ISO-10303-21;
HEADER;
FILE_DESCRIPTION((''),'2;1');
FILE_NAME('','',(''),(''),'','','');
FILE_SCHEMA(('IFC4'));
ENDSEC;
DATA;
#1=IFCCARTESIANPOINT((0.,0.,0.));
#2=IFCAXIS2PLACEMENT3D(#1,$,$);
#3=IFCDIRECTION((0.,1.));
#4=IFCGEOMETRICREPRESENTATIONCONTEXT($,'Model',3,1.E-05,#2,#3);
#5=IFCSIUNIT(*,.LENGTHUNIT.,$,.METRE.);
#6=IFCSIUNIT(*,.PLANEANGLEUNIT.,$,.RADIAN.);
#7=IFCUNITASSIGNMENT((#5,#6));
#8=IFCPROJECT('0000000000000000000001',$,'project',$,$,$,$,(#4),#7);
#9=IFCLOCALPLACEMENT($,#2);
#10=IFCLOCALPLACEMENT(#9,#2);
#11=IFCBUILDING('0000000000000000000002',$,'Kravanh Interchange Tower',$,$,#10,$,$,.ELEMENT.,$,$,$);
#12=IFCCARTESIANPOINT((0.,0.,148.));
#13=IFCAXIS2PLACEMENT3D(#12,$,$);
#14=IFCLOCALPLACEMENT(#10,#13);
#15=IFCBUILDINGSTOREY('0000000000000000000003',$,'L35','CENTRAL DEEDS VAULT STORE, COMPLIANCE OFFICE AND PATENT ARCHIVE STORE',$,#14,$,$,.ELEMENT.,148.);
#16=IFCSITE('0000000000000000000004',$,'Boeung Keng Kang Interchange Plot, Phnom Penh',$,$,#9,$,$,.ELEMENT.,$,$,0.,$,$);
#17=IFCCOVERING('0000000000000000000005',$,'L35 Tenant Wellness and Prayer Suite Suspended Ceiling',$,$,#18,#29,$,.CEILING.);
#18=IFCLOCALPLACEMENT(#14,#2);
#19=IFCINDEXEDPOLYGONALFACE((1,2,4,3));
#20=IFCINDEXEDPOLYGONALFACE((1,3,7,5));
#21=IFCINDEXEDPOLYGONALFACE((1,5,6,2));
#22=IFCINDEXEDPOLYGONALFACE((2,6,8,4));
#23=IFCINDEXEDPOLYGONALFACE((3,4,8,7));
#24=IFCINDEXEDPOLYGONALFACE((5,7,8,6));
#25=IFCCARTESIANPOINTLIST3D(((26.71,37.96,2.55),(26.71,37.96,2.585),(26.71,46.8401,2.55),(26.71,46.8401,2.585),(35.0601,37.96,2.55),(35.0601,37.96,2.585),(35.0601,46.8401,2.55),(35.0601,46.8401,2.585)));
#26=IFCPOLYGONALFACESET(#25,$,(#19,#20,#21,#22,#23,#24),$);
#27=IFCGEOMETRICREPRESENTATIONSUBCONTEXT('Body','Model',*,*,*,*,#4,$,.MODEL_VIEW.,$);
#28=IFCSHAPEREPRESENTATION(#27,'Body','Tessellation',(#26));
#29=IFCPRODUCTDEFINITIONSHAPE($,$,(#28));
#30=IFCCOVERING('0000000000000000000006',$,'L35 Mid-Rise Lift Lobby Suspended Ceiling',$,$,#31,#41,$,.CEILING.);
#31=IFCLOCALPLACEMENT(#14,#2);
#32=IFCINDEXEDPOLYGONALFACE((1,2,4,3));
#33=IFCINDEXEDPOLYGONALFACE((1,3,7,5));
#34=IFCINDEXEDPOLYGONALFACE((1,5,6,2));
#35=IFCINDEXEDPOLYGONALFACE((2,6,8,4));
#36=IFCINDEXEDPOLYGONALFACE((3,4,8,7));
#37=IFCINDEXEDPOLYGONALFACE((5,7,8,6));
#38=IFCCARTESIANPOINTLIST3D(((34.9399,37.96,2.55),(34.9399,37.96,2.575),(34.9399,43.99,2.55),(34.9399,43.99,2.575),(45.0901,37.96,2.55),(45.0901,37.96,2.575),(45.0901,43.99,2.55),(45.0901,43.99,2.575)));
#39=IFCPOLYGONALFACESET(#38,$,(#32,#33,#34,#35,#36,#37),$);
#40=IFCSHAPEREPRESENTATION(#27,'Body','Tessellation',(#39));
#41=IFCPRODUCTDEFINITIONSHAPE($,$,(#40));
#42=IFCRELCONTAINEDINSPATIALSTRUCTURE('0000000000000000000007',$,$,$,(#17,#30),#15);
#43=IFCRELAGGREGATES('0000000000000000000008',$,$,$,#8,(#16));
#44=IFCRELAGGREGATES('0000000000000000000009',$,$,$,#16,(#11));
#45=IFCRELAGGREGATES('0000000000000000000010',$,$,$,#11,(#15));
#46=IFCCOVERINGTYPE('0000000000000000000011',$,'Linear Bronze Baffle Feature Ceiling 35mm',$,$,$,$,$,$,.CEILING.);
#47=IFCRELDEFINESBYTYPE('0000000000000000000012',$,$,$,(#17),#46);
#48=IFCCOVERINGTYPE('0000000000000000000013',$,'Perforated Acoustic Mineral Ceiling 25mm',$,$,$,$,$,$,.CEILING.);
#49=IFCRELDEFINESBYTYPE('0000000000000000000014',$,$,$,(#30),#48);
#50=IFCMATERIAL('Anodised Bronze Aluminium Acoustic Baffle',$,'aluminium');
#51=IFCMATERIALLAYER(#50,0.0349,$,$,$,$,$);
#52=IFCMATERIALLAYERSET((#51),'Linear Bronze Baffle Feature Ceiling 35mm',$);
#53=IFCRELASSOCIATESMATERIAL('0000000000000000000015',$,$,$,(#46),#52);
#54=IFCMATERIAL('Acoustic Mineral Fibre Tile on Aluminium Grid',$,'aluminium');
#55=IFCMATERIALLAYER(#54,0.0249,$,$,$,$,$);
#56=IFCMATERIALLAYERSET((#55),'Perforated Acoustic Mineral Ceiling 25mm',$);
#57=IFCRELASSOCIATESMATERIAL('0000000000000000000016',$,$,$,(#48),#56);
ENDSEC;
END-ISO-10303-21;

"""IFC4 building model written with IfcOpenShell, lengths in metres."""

from ifc_helpers import new_model, si_unit, direction, frame, origin, place, context, subcontext, project, spatial, polyline, outline, extrude, material, layer, layer_set, type_object, element, save


model = new_model("IFC4")

# Units and contexts
model_context = context("Model", 3, precision=1e-05, world=origin(), true_north=direction((0.0, 1.0)))
body_context = subcontext(model_context, "Body", "Model", "MODEL_VIEW")
ifc_project = project(units=[si_unit("LENGTHUNIT", "METRE"), si_unit("PLANEANGLEUNIT", "RADIAN")], contexts=[model_context])

# Site, building, storey
site_placement = place(None, origin())
site = spatial("IfcSite", under=ifc_project, at=site_placement, Name="Boeung Keng Kang Interchange Plot, Phnom Penh", CompositionType="ELEMENT", RefElevation=0.0)
building_placement = place(site_placement, origin())
building = spatial("IfcBuilding", under=site, at=building_placement, Name="Kravanh Interchange Tower", CompositionType="ELEMENT")
storey_placement = place(building_placement, frame((0.0, 0.0, 148.0)))
storey = spatial("IfcBuildingStorey", under=building, at=storey_placement, Name="L35", Description="CENTRAL DEEDS VAULT STORE, COMPLIANCE OFFICE AND PATENT ARCHIVE STORE", CompositionType="ELEMENT", Elevation=148.0)

# Coverings
ifc_material_1 = material(Name="Anodised Bronze Aluminium Acoustic Baffle", Category="aluminium")
ifc_layer_1 = layer(ifc_material_1, 0.0349)
ifc_layer_set_1 = layer_set([ifc_layer_1], Name="Linear Bronze Baffle Feature Ceiling 35mm")
covering_type_1 = type_object("IfcCoveringType", Name="Linear Bronze Baffle Feature Ceiling 35mm", PredefinedType="CEILING", material=ifc_layer_set_1)
covering_1_placement = place(storey_placement, frame((0.0, 0.0, 2.55)))
element("IfcCovering", 1, at=covering_1_placement, inside=storey, type_object=covering_type_1, Name="L35 Tenant Wellness and Prayer Suite Suspended Ceiling", PredefinedType="CEILING", context=body_context, shape_type="SweptSolid", body=[
    extrude(outline(polyline([(35.0601, 37.96), (26.71, 37.96), (26.71, 46.8401), (35.0601, 46.8401), (35.0601, 37.96)])), origin(), (0.0, 0.0, 1.0), 0.0349),
])
ifc_material_2 = material(Name="Acoustic Mineral Fibre Tile on Aluminium Grid", Category="aluminium")
ifc_layer_2 = layer(ifc_material_2, 0.0249)
ifc_layer_set_2 = layer_set([ifc_layer_2], Name="Perforated Acoustic Mineral Ceiling 25mm")
covering_type_2 = type_object("IfcCoveringType", Name="Perforated Acoustic Mineral Ceiling 25mm", PredefinedType="CEILING", material=ifc_layer_set_2)
covering_2_placement = place(storey_placement, frame((0.0, 0.0, 2.55)))
element("IfcCovering", 2, at=covering_2_placement, inside=storey, type_object=covering_type_2, Name="L35 Mid-Rise Lift Lobby Suspended Ceiling", PredefinedType="CEILING", context=body_context, shape_type="SweptSolid", body=[
    extrude(outline(polyline([(45.0901, 37.96), (34.9399, 37.96), (34.9399, 43.99), (45.0901, 43.99), (45.0901, 37.96)])), origin(), (0.0, 0.0, 1.0), 0.0249),
])

save(model, "model.ifc")
